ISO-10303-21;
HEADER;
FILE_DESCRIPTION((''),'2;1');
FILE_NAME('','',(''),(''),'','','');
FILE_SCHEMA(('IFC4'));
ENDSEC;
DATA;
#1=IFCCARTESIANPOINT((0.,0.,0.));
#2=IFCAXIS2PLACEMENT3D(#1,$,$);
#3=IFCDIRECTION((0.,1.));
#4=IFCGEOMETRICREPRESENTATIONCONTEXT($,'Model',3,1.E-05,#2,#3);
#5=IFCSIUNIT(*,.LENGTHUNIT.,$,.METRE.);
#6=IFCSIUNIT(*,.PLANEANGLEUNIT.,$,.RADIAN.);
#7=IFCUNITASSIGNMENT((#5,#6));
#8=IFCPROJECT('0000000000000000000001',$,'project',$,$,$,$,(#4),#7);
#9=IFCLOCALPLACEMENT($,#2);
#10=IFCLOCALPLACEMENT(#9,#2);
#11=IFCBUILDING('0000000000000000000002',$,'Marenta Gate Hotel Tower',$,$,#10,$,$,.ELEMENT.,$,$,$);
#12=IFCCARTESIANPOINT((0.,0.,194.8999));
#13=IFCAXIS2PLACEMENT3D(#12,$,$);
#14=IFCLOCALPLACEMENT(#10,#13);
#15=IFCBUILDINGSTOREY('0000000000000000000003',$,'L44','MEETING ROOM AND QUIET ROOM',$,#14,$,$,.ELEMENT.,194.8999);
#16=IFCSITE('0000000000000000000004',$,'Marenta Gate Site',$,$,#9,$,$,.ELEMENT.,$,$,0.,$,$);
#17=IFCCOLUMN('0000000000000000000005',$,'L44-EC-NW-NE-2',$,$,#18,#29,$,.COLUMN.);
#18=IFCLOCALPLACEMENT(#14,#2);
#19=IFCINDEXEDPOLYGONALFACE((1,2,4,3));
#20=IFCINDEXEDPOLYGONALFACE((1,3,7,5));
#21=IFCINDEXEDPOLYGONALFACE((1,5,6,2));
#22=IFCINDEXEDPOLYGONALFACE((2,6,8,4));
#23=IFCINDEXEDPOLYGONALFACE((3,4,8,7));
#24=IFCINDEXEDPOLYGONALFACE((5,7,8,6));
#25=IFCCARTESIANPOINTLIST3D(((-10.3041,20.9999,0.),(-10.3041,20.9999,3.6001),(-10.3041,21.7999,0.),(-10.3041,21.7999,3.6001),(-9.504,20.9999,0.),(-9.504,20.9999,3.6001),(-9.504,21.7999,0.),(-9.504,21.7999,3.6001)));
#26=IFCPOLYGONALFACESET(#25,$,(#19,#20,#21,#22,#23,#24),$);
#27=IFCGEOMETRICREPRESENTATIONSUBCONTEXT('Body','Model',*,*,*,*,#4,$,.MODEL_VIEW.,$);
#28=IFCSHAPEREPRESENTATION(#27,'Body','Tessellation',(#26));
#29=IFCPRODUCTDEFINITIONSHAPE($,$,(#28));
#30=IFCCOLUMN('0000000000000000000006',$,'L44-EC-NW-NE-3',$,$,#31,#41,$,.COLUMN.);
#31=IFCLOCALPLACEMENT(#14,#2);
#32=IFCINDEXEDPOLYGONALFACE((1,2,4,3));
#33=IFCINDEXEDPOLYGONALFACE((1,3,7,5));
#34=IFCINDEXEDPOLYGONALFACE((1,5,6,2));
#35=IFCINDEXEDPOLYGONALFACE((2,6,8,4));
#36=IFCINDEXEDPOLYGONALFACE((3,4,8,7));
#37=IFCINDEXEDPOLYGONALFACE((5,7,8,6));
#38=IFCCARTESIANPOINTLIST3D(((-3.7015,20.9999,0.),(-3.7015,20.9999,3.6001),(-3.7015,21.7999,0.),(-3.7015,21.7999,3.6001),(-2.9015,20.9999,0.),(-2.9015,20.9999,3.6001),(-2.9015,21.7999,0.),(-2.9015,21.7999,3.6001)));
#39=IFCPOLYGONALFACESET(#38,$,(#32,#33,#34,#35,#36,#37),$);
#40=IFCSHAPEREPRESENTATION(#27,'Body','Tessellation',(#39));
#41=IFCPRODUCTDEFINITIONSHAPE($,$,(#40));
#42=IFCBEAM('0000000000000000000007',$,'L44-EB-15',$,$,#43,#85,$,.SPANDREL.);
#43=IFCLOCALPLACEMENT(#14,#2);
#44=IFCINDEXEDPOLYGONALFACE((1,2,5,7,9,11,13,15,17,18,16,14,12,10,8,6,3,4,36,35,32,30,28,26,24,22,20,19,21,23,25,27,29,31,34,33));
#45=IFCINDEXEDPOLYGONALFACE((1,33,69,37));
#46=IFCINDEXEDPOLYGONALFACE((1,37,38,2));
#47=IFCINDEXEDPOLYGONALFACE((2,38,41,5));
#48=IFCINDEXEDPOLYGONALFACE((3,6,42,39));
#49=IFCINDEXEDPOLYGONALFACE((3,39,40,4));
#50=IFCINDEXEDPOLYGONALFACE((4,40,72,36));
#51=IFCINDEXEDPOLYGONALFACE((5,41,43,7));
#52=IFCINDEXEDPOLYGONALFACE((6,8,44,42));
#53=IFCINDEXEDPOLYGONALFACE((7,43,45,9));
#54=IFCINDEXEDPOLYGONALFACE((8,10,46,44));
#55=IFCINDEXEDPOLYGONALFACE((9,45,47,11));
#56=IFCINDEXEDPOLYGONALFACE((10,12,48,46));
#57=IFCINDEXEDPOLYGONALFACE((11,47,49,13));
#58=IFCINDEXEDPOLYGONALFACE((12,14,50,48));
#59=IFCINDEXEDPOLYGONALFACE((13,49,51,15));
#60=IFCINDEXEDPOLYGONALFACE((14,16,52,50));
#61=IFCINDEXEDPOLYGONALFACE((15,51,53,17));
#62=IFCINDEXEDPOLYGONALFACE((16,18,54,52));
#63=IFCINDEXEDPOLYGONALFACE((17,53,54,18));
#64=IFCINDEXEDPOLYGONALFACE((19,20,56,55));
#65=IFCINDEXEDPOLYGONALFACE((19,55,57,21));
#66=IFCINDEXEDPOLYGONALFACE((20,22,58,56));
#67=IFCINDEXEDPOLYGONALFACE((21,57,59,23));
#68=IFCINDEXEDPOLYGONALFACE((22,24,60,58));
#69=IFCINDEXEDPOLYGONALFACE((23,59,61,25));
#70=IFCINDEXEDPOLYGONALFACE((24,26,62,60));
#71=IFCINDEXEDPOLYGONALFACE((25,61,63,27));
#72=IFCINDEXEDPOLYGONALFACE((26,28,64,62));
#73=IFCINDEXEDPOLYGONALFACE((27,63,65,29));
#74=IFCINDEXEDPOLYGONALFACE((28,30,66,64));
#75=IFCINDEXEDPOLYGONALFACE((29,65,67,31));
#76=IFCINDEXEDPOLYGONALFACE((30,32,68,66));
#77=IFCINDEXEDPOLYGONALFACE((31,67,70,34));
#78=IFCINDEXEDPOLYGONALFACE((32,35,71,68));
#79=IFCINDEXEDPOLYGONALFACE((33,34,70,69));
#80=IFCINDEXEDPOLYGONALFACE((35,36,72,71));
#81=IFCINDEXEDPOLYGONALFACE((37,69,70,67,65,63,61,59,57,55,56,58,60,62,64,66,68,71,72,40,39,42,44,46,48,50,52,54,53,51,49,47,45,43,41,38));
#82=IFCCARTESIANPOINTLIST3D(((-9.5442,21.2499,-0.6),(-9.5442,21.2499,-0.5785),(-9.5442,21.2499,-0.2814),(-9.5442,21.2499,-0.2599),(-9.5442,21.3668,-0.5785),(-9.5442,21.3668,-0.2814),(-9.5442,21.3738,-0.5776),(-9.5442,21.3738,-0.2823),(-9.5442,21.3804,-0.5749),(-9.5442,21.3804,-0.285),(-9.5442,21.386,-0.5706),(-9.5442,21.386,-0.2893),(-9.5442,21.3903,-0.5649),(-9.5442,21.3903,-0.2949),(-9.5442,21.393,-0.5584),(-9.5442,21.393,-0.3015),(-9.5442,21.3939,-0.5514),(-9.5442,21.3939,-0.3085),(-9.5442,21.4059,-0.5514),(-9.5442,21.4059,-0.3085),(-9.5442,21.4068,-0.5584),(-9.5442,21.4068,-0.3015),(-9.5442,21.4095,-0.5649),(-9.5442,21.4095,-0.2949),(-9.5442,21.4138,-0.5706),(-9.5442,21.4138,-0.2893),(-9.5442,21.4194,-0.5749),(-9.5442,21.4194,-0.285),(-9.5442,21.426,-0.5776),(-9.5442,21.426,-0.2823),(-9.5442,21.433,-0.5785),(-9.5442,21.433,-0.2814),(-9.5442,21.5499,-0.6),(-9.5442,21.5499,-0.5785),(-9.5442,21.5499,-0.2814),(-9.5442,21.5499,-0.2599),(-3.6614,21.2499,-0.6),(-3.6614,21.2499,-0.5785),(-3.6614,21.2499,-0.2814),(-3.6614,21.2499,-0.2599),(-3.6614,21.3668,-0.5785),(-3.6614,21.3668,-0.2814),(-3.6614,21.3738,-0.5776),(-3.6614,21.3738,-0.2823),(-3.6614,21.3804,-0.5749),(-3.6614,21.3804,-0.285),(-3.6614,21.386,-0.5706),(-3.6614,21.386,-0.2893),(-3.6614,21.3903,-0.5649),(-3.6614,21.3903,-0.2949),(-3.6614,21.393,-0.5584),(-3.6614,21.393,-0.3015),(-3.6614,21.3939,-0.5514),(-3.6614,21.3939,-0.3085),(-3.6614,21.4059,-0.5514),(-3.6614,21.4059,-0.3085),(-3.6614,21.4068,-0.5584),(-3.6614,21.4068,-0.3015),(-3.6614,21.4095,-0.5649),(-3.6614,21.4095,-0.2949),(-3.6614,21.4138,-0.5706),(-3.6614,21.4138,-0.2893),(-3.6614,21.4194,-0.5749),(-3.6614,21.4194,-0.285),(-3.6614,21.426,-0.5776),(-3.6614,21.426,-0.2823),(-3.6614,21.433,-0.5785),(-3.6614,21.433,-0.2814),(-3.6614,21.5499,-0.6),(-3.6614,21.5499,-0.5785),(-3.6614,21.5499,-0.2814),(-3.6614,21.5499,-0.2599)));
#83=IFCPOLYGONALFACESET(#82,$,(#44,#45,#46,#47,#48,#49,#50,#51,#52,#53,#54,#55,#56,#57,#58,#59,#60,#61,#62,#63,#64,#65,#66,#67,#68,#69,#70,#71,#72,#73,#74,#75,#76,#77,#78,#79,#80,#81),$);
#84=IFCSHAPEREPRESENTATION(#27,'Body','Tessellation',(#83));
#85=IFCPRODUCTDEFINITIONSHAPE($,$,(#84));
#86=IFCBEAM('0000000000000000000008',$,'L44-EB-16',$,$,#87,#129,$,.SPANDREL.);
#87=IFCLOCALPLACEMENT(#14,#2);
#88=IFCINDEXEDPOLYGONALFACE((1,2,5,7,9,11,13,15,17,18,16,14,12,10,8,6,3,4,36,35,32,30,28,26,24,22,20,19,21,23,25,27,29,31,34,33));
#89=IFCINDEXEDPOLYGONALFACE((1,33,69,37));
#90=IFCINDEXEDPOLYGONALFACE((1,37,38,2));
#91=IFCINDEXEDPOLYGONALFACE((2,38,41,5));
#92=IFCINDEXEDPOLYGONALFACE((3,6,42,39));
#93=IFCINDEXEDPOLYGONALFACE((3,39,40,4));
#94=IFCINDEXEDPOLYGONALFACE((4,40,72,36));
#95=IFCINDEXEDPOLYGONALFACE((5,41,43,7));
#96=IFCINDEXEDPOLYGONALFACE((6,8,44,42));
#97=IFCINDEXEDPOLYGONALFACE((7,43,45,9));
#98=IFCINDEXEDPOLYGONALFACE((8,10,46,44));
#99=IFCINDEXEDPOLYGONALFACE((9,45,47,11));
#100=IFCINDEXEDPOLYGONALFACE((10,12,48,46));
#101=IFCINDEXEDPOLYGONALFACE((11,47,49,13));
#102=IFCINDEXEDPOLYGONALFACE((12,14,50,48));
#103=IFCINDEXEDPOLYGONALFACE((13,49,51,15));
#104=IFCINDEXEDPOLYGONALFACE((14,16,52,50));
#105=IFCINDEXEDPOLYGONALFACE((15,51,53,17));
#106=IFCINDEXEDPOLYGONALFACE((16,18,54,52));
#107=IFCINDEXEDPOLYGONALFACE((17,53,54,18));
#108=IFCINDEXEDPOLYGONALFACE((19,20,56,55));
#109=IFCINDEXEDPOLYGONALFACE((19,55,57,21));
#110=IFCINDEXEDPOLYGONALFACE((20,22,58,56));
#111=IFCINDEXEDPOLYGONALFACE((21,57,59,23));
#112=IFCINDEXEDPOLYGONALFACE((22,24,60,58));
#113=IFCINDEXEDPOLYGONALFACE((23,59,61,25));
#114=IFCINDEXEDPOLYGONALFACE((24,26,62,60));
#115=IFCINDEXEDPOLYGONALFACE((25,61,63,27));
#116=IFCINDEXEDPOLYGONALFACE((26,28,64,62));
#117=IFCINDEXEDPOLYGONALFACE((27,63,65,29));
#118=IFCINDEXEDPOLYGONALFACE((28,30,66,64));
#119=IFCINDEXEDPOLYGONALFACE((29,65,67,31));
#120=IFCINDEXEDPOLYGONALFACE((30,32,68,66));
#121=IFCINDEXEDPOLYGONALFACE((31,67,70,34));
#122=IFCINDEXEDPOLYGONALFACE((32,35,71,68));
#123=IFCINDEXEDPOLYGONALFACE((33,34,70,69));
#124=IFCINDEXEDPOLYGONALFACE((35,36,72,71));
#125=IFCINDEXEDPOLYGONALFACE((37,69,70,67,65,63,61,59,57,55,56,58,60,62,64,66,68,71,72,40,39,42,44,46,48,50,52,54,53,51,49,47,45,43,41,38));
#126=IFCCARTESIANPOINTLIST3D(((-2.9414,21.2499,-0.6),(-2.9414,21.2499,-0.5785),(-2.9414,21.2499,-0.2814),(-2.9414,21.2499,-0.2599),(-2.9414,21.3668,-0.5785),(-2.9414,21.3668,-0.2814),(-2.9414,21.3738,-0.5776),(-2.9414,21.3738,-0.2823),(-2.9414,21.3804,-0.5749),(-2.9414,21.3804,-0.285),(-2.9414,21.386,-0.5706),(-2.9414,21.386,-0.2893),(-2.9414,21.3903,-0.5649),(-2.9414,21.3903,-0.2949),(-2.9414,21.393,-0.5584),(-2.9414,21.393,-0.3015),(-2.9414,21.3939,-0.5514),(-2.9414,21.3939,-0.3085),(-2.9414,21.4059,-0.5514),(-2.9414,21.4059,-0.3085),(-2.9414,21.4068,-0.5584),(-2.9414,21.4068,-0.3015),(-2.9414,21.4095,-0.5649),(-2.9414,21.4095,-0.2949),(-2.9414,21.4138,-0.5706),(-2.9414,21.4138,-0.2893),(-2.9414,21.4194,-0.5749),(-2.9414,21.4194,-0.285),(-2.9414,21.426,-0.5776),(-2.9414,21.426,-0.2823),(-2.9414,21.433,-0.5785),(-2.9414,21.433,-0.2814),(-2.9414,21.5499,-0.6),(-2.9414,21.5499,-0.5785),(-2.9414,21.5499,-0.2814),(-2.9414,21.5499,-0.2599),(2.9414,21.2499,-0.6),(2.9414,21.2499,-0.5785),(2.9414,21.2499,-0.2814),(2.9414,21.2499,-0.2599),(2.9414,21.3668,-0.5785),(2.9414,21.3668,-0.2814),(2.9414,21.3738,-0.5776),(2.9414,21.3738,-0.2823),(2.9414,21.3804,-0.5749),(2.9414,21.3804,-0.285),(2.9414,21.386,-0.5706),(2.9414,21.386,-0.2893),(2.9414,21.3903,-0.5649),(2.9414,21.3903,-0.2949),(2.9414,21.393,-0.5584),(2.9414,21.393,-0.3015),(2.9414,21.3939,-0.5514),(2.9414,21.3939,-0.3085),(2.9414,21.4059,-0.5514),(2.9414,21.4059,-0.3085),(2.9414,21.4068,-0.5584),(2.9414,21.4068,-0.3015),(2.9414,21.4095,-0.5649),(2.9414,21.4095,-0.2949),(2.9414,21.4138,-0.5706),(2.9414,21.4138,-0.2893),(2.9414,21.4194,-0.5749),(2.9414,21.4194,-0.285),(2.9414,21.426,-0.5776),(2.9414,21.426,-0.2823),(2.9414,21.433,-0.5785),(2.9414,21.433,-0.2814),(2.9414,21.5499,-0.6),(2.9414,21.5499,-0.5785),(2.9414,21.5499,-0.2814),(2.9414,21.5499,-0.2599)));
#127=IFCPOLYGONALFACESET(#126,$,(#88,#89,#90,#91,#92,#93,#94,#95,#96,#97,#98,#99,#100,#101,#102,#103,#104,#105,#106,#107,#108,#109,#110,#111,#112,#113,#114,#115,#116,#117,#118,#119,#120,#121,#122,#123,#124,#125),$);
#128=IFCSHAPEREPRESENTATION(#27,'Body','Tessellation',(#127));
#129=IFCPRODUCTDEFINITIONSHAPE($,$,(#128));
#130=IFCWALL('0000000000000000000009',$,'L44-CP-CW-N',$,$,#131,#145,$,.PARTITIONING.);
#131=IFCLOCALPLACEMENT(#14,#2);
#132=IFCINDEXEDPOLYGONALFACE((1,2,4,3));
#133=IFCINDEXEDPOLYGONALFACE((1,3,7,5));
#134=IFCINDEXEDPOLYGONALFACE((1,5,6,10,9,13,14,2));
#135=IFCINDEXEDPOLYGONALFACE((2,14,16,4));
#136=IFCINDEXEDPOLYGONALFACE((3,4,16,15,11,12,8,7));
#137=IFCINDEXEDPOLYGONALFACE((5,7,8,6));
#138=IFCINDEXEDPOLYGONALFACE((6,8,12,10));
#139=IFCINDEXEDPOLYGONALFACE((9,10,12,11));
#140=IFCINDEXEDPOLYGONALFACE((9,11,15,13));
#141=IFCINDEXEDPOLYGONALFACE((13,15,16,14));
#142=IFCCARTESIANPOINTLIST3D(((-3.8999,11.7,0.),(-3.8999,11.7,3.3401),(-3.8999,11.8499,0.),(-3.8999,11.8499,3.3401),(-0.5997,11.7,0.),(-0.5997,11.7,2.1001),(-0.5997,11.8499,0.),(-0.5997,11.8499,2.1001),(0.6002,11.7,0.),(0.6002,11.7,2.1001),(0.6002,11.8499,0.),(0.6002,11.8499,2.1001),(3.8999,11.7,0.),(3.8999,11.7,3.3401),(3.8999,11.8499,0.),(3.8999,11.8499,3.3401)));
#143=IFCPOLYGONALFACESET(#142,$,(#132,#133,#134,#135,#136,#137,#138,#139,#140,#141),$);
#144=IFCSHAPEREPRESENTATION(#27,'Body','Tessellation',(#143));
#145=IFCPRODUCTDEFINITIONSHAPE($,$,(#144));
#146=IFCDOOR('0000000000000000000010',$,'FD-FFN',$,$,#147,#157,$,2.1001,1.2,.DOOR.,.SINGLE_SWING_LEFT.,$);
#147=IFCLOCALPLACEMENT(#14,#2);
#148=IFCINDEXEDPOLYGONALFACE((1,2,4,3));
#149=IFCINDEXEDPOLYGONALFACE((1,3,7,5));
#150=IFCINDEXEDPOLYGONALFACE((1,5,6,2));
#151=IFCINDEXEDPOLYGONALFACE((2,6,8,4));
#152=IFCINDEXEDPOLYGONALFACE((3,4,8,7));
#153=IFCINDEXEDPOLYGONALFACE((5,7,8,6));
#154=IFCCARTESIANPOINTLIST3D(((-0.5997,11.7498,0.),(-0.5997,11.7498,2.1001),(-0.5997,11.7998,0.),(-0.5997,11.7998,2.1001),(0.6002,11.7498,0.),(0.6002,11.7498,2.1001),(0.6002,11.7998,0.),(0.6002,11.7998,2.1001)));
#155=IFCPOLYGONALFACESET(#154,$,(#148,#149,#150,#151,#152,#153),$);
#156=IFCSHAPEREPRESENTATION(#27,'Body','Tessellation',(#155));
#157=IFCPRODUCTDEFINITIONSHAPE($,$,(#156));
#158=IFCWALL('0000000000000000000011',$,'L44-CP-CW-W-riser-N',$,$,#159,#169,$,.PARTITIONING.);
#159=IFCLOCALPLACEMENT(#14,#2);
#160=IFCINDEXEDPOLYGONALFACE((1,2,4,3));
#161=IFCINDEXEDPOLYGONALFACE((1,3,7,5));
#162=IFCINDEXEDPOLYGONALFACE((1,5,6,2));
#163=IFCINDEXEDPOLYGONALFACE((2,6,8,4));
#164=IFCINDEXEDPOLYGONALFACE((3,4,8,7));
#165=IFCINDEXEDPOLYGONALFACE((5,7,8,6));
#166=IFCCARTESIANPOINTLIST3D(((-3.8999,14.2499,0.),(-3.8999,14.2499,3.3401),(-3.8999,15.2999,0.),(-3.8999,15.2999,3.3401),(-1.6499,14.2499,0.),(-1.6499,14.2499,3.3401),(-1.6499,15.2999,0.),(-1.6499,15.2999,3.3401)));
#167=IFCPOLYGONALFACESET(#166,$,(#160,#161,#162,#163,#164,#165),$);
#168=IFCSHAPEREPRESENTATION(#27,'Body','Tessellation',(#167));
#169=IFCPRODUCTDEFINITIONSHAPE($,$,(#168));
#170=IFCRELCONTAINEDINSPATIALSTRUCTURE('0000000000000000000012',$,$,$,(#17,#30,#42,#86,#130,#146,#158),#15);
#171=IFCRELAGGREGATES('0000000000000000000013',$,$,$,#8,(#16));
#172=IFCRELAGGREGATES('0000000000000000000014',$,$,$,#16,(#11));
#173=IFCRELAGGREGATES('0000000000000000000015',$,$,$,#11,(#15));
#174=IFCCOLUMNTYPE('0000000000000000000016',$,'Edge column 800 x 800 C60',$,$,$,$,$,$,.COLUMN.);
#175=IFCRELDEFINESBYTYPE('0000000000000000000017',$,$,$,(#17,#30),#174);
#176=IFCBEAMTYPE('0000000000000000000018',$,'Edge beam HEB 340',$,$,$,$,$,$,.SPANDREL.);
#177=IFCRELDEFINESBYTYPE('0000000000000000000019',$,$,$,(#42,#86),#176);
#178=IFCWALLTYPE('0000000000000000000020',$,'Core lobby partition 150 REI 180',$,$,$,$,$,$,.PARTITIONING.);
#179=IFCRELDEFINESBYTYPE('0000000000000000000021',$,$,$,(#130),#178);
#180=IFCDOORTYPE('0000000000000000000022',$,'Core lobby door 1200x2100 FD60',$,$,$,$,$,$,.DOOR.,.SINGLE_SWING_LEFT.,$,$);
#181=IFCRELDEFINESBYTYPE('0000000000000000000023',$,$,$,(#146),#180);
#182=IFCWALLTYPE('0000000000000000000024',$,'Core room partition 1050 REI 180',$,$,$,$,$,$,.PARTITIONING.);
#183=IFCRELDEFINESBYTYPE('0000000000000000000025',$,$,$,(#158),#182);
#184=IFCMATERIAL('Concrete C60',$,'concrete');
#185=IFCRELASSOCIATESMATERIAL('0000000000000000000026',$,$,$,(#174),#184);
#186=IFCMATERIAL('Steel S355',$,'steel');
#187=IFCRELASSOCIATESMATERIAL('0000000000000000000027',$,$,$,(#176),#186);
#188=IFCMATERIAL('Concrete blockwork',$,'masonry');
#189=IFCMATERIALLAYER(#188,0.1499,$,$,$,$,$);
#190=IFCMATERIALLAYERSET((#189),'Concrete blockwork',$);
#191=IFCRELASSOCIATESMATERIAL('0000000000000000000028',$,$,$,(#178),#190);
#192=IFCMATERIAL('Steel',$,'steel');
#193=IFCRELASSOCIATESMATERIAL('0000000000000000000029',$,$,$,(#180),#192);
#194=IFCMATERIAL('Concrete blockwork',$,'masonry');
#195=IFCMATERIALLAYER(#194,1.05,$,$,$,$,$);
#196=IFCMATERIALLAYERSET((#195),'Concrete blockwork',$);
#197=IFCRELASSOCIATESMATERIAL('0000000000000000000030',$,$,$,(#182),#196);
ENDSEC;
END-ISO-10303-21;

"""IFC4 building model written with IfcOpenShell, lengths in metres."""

from ifc_helpers import new_model, si_unit, direction, frame, frame_2d, origin, origin_2d, place, context, subcontext, project, spatial, rectangle, i_section, extrude, material, layer, layer_set, material_profile, profile_set, type_object, element, fill, save


model = new_model("IFC4")

# Units and contexts
model_context = context("Model", 3, precision=1e-05, world=origin(), true_north=direction((0.0, 1.0)))
body_context = subcontext(model_context, "Body", "Model", "MODEL_VIEW")
ifc_project = project(units=[si_unit("LENGTHUNIT", "METRE"), si_unit("PLANEANGLEUNIT", "RADIAN")], contexts=[model_context])

# Site, building, storey
site_placement = place(None, origin())
site = spatial("IfcSite", under=ifc_project, at=site_placement, Name="Marenta Gate Site", CompositionType="ELEMENT", RefElevation=0.0)
building_placement = place(site_placement, origin())
building = spatial("IfcBuilding", under=site, at=building_placement, Name="Marenta Gate Hotel Tower", CompositionType="ELEMENT")
storey_placement = place(building_placement, frame((0.0, 0.0, 194.8999)))
storey = spatial("IfcBuildingStorey", under=building, at=storey_placement, Name="L44", Description="MEETING ROOM AND QUIET ROOM", CompositionType="ELEMENT", Elevation=194.8999)

# Columns
ifc_material_1 = material(Name="Concrete C60", Category="concrete")
ifc_material_profile_1 = material_profile(ifc_material_1, rectangle(XDim=0.8, YDim=0.8, at=origin_2d()), Name="800 x 800")
ifc_profile_set_1 = profile_set([ifc_material_profile_1], Name="Concrete C60")
column_type = type_object("IfcColumnType", Name="Edge column 800 x 800 C60", PredefinedType="COLUMN", material=ifc_profile_set_1)
for number, where, z_axis, x_axis, name in (
    (1, (-9.9041, 21.3999, 0.0), (0.0, 0.0, 1.0), (1.0, 0.0, 0.0), "L44-EC-NW-NE-2"),
    (2, (-3.3015, 21.3999, 0.0), (0.0, 0.0, 1.0), (1.0, 0.0, 0.0), "L44-EC-NW-NE-3"),
):
    element("IfcColumn", number, at=place(storey_placement, frame(where, z_axis=z_axis, x_axis=x_axis)), inside=storey, type_object=column_type, Name=name, PredefinedType="COLUMN", context=body_context, shape_type="SweptSolid", body=[
        extrude(rectangle(XDim=0.8, YDim=0.8, at=origin_2d()), origin(), (0.0, 0.0, 1.0), 3.6001),
    ])

# Beams
ifc_material_2 = material(Name="Steel S355", Category="steel")
ifc_material_profile_2 = material_profile(ifc_material_2, i_section(OverallWidth=0.3, OverallDepth=0.3401, WebThickness=0.012, FlangeThickness=0.0215, FilletRadius=0.0271, at=origin_2d()), Name="HEB 340")
ifc_profile_set_2 = profile_set([ifc_material_profile_2], Name="Steel S355")
beam_type = type_object("IfcBeamType", Name="Edge beam HEB 340", PredefinedType="SPANDREL", material=ifc_profile_set_2)
for number, where, z_axis, x_axis, name in (
    (3, (-9.5442, 21.3999, -0.4299), (1.0, 0.0, 0.0), (0.0, 1.0, 0.0), "L44-EB-15"),
    (4, (-2.9414, 21.3999, -0.4299), (1.0, 0.0, 0.0), (0.0, 1.0, 0.0), "L44-EB-16"),
):
    element("IfcBeam", number, at=place(storey_placement, frame(where, z_axis=z_axis, x_axis=x_axis)), inside=storey, type_object=beam_type, Name=name, PredefinedType="SPANDREL", context=body_context, shape_type="SweptSolid", body=[
        extrude(i_section(OverallWidth=0.3, OverallDepth=0.3401, WebThickness=0.012, FlangeThickness=0.0215, FilletRadius=0.0271, at=origin_2d()), origin(), (0.0, 0.0, 1.0), 5.8828),
    ])

# Wall, opening, door
ifc_material_3 = material(Name="Concrete blockwork", Category="masonry")
ifc_layer_1 = layer(ifc_material_3, 0.1499)
ifc_layer_set_1 = layer_set([ifc_layer_1], Name="Concrete blockwork")
wall_type_1 = type_object("IfcWallType", Name="Core lobby partition 150 REI 180", PredefinedType="PARTITIONING", material=ifc_layer_set_1)
wall_1_placement = place(storey_placement, frame((-3.8999, 11.7749, 0.0), z_axis=(0.0, 0.0, 1.0), x_axis=(1.0, 0.0, 0.0)))
wall_1 = element("IfcWall", 5, at=wall_1_placement, inside=storey, type_object=wall_type_1, Name="L44-CP-CW-N", PredefinedType="PARTITIONING", context=body_context, shape_type="SweptSolid", body=[
    extrude(rectangle(XDim=7.7998, YDim=0.1499, at=frame_2d((3.8999, 0.0))), origin(), (0.0, 0.0, 1.0), 3.3401),
])
opening_1_placement = place(wall_1_placement, frame((3.3, 0.0, 0.0)))
opening_1 = element("IfcOpeningElement", 6, at=opening_1_placement, cuts=wall_1, PredefinedType="OPENING", context=body_context, shape_type="SweptSolid", body=[
    extrude(rectangle(XDim=1.2, YDim=2.1001, at=frame_2d((0.6001, 1.05))), frame((0.0, 0.075, 0.0), z_axis=(0.0, -1.0, 0.0), x_axis=(1.0, 0.0, 0.0)), (0.0, 0.0, 1.0), 0.1499),
])
ifc_material_4 = material(Name="Steel", Category="steel")
door_type_1 = type_object("IfcDoorType", Name="Core lobby door 1200x2100 FD60", OperationType="SINGLE_SWING_LEFT", PredefinedType="DOOR", material=ifc_material_4)
door_1_placement = place(opening_1_placement, origin())
door_1 = element("IfcDoor", 7, at=door_1_placement, inside=storey, type_object=door_type_1, Name="FD-FFN", OperationType="SINGLE_SWING_LEFT", OverallHeight=2.1001, OverallWidth=1.2, PredefinedType="DOOR", context=body_context, shape_type="SweptSolid", body=[
    extrude(rectangle(XDim=1.2, YDim=2.1001, at=frame_2d((0.6001, 1.05))), frame((0.0, 0.0249, 0.0), z_axis=(0.0, -1.0, 0.0), x_axis=(1.0, 0.0, 0.0)), (0.0, 0.0, 1.0), 0.05),
])
fill(opening_1, door_1)

# Wall
ifc_material_5 = material(Name="Concrete blockwork", Category="masonry")
ifc_layer_2 = layer(ifc_material_5, 1.05)
ifc_layer_set_2 = layer_set([ifc_layer_2], Name="Concrete blockwork")
wall_type_2 = type_object("IfcWallType", Name="Core room partition 1050 REI 180", PredefinedType="PARTITIONING", material=ifc_layer_set_2)
wall_2_placement = place(storey_placement, frame((-3.8999, 14.7749, 0.0), z_axis=(0.0, 0.0, 1.0), x_axis=(1.0, 0.0, 0.0)))
element("IfcWall", 8, at=wall_2_placement, inside=storey, type_object=wall_type_2, Name="L44-CP-CW-W-riser-N", PredefinedType="PARTITIONING", context=body_context, shape_type="SweptSolid", body=[
    extrude(rectangle(XDim=2.25, YDim=1.05, at=frame_2d((1.125, 0.0))), origin(), (0.0, 0.0, 1.0), 3.3401),
])

save(model, "model.ifc")
